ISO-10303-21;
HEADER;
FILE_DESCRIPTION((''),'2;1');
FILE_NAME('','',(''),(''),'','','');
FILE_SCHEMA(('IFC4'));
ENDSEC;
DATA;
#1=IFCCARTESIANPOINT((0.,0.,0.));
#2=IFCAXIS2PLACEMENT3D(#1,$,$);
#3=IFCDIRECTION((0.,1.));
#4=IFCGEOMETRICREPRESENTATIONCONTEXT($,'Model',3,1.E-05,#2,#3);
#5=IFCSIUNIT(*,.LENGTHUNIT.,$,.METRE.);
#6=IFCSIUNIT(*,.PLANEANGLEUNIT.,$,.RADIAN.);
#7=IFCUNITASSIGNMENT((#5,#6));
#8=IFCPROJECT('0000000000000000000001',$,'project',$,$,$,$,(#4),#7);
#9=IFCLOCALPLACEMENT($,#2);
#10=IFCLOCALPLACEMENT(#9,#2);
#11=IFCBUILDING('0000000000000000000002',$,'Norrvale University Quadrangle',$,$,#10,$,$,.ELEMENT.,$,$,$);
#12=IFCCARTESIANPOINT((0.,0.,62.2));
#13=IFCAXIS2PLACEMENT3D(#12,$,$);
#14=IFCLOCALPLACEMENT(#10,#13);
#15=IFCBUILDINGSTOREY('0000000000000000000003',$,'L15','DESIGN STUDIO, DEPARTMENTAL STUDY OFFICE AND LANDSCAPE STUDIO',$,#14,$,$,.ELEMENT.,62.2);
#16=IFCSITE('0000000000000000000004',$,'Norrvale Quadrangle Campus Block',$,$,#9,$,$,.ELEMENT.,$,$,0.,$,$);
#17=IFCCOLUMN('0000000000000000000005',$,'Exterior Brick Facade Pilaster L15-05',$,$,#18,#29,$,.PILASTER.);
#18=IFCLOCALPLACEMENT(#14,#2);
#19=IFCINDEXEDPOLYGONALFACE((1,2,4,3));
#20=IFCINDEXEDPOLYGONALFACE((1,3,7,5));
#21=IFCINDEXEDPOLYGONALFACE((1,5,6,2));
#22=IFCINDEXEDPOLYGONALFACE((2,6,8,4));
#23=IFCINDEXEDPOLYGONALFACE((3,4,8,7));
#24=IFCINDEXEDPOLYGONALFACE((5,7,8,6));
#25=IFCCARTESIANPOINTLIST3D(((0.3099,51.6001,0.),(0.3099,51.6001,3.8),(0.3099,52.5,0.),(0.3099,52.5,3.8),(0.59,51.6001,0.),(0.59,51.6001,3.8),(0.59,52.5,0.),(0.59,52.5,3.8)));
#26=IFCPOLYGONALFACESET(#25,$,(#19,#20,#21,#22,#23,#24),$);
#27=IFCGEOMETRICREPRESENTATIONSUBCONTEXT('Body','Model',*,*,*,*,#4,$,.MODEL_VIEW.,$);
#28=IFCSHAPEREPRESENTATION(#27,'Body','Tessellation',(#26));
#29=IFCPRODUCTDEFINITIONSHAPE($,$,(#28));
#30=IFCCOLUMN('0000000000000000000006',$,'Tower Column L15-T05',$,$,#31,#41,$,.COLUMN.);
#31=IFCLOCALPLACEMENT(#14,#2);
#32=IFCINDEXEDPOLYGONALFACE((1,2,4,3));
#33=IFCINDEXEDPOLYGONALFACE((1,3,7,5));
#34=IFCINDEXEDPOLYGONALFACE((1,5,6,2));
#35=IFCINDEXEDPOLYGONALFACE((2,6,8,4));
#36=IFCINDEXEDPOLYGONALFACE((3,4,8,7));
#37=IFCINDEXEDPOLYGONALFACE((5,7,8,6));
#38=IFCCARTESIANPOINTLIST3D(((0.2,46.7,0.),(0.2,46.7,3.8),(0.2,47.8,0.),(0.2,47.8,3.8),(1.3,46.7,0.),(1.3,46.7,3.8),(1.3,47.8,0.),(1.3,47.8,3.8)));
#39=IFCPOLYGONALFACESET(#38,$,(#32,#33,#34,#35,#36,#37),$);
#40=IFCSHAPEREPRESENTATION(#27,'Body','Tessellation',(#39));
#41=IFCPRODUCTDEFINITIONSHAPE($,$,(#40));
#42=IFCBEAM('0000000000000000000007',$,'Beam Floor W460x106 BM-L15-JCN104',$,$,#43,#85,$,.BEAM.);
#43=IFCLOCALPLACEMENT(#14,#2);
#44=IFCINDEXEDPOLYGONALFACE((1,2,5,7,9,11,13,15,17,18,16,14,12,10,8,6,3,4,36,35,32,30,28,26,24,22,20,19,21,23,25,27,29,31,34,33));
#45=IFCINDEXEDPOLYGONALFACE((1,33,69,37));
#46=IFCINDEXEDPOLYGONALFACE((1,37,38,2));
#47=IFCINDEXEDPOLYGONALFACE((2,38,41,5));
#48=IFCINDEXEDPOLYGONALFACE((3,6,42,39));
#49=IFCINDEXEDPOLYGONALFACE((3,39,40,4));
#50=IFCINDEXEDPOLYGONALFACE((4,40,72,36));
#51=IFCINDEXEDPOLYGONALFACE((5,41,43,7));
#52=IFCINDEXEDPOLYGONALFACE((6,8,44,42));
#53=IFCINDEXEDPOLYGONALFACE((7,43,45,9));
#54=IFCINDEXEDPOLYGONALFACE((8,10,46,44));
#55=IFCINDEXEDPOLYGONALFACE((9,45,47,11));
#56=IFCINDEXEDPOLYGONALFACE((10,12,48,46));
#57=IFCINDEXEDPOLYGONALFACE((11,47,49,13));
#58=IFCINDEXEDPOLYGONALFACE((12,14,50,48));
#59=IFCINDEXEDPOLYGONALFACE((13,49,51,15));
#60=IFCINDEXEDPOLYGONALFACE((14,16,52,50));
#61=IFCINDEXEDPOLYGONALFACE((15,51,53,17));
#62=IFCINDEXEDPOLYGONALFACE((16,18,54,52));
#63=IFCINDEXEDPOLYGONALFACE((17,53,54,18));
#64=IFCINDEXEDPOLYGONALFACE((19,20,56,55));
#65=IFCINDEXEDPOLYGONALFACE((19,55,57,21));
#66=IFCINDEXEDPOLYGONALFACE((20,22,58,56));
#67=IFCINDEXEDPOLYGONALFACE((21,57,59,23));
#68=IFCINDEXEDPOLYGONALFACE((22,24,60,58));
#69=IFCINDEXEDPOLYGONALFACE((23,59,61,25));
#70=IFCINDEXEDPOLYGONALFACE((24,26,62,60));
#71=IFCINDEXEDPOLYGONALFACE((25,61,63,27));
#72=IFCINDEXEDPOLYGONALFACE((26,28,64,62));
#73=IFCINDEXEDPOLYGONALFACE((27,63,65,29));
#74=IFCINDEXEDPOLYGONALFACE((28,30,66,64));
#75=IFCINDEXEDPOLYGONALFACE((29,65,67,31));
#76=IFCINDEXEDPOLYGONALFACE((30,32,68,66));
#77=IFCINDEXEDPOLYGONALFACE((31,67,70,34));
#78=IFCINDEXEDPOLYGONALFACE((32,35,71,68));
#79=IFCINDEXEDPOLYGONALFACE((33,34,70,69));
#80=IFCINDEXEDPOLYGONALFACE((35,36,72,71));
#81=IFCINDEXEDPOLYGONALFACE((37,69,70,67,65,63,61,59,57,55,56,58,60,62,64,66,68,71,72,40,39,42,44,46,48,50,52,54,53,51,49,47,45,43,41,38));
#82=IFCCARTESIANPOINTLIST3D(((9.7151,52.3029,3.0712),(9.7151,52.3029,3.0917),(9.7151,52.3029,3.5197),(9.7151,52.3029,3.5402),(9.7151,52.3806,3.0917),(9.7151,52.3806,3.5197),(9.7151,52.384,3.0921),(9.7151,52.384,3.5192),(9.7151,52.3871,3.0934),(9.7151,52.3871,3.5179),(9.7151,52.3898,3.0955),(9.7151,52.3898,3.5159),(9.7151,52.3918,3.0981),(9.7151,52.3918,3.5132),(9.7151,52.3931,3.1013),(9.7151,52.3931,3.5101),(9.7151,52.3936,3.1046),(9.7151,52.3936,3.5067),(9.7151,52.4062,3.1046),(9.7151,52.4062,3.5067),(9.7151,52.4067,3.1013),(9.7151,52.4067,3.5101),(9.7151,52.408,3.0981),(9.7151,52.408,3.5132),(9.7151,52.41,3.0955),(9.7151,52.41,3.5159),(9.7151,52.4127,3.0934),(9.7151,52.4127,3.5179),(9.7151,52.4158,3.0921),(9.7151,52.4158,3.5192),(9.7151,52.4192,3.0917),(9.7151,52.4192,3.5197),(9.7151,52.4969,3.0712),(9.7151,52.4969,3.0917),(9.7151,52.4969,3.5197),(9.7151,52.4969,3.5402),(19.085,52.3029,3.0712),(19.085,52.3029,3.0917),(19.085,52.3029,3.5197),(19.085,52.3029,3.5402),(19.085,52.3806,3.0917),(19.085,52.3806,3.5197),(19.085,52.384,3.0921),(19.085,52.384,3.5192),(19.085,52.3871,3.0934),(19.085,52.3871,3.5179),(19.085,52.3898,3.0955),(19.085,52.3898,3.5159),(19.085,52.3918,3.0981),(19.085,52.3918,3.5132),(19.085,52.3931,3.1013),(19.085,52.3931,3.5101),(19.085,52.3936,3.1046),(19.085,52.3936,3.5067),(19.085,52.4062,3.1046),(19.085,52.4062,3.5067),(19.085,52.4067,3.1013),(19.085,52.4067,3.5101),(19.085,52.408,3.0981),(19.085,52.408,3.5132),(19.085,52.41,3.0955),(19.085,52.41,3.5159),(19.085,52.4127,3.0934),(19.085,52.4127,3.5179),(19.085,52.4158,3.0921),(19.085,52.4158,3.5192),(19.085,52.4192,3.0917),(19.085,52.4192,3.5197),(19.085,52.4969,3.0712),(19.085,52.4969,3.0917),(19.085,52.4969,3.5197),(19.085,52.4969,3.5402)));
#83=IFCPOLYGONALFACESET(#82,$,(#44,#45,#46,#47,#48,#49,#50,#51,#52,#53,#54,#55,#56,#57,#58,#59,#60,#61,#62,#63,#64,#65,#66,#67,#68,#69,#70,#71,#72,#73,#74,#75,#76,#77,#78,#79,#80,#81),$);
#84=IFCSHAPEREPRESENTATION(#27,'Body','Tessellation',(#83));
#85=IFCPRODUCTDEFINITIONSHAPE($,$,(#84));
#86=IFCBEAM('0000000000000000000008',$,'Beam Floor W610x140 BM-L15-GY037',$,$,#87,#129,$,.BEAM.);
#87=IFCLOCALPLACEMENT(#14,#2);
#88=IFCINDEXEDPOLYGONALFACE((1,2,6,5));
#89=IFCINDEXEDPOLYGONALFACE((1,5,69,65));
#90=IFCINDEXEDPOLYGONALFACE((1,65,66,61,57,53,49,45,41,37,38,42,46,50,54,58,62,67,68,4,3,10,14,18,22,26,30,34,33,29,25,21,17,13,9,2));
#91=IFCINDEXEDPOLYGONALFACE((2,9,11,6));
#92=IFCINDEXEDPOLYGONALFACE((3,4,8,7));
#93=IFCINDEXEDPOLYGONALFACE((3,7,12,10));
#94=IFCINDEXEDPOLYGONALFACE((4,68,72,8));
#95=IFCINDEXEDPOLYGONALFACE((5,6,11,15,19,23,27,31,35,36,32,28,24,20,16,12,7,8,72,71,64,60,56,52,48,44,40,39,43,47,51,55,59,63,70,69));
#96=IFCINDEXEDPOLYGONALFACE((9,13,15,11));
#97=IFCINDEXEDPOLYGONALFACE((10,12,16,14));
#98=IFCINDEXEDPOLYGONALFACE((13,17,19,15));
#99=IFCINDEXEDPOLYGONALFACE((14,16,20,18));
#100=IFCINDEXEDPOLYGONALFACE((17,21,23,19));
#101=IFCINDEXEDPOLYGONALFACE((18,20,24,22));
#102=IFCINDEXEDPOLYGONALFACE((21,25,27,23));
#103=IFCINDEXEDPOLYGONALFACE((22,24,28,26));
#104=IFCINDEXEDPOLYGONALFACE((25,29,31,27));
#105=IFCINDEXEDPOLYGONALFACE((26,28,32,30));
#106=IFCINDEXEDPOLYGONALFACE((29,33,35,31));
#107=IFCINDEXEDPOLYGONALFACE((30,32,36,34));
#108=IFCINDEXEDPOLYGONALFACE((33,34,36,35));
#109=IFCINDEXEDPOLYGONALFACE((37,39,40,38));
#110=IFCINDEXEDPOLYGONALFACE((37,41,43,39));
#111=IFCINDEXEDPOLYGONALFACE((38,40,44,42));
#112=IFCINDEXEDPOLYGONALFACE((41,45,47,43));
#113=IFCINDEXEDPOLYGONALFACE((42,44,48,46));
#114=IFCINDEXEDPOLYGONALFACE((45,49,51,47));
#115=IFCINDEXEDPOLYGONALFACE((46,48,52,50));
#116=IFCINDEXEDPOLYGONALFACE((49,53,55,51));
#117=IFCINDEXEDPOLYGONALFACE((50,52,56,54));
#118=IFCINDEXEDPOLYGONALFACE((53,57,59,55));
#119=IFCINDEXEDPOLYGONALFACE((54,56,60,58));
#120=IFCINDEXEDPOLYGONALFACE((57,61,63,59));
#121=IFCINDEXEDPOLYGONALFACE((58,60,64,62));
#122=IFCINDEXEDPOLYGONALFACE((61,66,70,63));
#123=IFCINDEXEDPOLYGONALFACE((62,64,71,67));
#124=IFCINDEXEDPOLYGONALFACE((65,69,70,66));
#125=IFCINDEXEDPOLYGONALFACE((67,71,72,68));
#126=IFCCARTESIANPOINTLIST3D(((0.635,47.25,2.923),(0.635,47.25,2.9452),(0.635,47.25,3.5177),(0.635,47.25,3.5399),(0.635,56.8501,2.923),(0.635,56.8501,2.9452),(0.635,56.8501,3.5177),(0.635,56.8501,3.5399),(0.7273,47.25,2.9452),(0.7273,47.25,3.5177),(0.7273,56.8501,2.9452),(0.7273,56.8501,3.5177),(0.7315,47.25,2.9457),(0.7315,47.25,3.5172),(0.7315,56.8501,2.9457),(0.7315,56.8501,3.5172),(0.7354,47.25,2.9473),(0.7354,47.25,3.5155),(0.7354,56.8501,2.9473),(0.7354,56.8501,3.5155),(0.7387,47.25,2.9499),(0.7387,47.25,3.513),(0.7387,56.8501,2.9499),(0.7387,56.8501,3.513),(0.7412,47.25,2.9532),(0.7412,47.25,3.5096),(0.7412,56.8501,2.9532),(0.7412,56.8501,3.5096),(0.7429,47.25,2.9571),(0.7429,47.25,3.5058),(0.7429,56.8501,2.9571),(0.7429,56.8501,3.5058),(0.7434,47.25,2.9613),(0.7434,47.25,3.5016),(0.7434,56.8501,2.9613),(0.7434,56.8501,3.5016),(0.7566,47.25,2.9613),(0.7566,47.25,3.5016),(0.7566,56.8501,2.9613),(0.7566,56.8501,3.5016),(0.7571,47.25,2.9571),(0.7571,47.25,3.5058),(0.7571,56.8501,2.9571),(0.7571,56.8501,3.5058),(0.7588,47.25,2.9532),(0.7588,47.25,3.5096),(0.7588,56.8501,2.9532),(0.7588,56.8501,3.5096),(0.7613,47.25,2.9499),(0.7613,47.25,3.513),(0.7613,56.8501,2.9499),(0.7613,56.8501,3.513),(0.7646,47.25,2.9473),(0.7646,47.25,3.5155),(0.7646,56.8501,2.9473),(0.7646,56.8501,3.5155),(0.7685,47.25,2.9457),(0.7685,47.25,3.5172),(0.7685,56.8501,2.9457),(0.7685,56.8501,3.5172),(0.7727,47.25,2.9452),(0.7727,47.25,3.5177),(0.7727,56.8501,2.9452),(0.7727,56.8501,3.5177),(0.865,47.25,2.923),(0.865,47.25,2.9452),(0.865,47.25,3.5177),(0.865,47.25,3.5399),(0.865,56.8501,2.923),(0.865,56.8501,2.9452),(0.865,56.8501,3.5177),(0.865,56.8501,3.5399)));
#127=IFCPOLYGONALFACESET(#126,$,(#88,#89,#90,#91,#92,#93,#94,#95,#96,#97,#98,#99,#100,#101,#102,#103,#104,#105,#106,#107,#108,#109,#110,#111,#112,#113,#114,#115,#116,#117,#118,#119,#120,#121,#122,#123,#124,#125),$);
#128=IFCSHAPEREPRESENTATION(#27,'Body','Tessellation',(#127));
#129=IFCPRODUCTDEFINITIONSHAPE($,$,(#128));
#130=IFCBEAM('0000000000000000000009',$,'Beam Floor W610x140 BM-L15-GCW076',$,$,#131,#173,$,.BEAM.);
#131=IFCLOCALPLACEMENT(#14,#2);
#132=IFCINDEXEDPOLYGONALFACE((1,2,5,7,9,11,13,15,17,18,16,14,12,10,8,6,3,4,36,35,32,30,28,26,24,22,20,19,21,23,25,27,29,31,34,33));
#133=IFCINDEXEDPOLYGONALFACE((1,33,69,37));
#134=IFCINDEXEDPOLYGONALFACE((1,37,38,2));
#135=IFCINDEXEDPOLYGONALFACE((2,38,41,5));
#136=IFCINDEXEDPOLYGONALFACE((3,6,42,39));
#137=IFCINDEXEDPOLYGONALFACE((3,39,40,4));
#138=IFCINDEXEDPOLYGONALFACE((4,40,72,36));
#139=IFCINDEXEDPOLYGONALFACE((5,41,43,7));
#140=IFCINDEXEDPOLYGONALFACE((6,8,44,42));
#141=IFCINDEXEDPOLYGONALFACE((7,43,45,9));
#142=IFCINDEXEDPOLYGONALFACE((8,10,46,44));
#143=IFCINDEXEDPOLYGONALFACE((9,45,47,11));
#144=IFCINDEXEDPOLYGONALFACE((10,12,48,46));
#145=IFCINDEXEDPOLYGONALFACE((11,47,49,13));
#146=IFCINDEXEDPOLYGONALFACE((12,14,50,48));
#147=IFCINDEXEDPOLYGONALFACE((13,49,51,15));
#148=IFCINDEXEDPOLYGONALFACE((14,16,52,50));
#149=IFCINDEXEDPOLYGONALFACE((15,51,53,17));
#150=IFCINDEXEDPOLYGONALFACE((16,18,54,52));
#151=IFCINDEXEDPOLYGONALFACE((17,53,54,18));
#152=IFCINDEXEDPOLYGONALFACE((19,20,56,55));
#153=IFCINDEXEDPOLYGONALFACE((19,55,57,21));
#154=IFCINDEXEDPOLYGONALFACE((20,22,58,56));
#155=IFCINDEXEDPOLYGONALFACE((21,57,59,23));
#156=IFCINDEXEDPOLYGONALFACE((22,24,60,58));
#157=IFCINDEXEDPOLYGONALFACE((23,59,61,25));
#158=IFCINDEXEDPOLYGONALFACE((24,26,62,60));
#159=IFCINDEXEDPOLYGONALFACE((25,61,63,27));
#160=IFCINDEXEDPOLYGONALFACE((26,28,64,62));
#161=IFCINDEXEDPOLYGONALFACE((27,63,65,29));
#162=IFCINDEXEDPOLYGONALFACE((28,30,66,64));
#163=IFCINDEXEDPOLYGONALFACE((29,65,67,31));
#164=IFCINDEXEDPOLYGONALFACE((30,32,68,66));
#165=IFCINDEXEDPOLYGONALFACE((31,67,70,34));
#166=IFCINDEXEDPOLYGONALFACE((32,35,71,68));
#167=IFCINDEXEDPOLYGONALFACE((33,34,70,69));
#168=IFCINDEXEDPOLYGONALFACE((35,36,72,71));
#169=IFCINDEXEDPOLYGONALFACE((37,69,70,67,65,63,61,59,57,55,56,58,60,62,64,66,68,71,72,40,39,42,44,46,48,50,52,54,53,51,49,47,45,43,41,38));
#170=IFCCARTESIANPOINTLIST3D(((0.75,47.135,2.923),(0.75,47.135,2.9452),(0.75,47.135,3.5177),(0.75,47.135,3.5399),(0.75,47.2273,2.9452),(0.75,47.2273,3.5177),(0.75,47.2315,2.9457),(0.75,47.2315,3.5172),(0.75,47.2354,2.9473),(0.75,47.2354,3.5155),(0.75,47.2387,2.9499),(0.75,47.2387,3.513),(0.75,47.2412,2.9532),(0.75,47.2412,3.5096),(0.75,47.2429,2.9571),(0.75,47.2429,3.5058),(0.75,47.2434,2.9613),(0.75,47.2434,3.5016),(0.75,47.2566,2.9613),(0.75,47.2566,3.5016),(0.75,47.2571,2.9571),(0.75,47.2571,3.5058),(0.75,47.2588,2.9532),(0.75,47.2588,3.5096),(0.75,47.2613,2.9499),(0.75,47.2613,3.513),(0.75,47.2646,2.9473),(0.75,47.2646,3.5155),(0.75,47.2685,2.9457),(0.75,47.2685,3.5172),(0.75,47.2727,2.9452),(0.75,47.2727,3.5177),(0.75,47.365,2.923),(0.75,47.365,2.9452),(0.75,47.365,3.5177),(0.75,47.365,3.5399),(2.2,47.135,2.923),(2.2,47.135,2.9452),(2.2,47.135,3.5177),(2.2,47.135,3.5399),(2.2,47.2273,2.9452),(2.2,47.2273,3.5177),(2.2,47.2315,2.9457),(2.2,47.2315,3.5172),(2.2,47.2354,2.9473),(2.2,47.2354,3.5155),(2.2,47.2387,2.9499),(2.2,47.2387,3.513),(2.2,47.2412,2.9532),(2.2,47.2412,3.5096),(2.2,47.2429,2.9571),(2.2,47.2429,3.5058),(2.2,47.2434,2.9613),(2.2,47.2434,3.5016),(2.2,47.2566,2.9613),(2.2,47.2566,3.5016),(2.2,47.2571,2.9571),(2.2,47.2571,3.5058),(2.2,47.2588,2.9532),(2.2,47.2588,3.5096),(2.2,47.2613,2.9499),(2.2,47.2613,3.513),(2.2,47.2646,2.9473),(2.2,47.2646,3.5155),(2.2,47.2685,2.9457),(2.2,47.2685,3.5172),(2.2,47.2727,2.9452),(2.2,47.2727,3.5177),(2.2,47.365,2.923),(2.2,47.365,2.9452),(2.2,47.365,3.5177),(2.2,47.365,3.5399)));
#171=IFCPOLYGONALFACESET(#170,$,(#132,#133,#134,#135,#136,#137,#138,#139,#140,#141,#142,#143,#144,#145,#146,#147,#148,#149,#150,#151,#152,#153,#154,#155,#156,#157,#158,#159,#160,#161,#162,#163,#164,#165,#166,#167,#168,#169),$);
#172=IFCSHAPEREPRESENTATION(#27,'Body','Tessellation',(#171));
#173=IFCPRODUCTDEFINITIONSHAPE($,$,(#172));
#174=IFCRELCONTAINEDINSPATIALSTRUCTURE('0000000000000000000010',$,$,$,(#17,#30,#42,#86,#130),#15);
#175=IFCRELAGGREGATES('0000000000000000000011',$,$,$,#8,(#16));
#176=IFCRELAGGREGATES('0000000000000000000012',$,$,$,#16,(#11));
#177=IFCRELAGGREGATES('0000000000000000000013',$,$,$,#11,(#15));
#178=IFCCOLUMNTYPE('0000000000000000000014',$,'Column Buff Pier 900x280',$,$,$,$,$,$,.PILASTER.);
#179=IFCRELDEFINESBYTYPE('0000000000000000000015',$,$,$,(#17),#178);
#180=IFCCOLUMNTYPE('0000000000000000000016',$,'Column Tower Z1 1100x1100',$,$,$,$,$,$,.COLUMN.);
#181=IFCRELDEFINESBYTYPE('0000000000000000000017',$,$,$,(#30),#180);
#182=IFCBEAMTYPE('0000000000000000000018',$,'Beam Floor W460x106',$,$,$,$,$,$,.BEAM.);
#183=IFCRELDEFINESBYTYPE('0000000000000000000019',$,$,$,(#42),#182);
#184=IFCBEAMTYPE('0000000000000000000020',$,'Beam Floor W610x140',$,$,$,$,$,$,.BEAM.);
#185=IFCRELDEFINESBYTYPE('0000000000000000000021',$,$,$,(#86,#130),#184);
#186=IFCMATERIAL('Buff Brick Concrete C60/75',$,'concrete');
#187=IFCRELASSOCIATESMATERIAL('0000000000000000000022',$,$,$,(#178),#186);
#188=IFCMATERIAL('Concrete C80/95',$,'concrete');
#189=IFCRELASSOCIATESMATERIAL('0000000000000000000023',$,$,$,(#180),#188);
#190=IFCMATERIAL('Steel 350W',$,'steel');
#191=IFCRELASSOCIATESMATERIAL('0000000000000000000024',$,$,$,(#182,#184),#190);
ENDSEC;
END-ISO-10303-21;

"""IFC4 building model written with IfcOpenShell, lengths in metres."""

from ifc_helpers import new_model, si_unit, direction, frame, origin, origin_2d, place, context, subcontext, project, spatial, rectangle, i_section, extrude, material, material_profile, profile_set, type_object, element, save


model = new_model("IFC4")

# Units and contexts
model_context = context("Model", 3, precision=1e-05, world=origin(), true_north=direction((0.0, 1.0)))
body_context = subcontext(model_context, "Body", "Model", "MODEL_VIEW")
ifc_project = project(units=[si_unit("LENGTHUNIT", "METRE"), si_unit("PLANEANGLEUNIT", "RADIAN")], contexts=[model_context])

# Site, building, storey
site_placement = place(None, origin())
site = spatial("IfcSite", under=ifc_project, at=site_placement, Name="Norrvale Quadrangle Campus Block", CompositionType="ELEMENT", RefElevation=0.0)
building_placement = place(site_placement, origin())
building = spatial("IfcBuilding", under=site, at=building_placement, Name="Norrvale University Quadrangle", CompositionType="ELEMENT")
storey_placement = place(building_placement, frame((0.0, 0.0, 62.2)))
storey = spatial("IfcBuildingStorey", under=building, at=storey_placement, Name="L15", Description="DESIGN STUDIO, DEPARTMENTAL STUDY OFFICE AND LANDSCAPE STUDIO", CompositionType="ELEMENT", Elevation=62.2)

# Columns
ifc_material_1 = material(Name="Buff Brick Concrete C60/75", Category="concrete")
ifc_material_profile_1 = material_profile(ifc_material_1, rectangle(XDim=0.8999, YDim=0.28, at=origin_2d()), Name="Buff Brick Concrete C60/75")
ifc_profile_set_1 = profile_set([ifc_material_profile_1], Name="Buff Brick Concrete C60/75")
column_type_1 = type_object("IfcColumnType", Name="Column Buff Pier 900x280", PredefinedType="PILASTER", material=ifc_profile_set_1)
column_1_placement = place(storey_placement, frame((0.45, 52.05, 0.0), z_axis=(0.0, 0.0, 1.0), x_axis=(0.0, 1.0, 0.0)))
element("IfcColumn", 1, at=column_1_placement, inside=storey, type_object=column_type_1, Name="Exterior Brick Facade Pilaster L15-05", PredefinedType="PILASTER", context=body_context, shape_type="SweptSolid", body=[
    extrude(rectangle(XDim=0.8999, YDim=0.28, at=origin_2d()), origin(), (0.0, 0.0, 1.0), 3.8),
])
ifc_material_2 = material(Name="Concrete C80/95", Category="concrete")
ifc_material_profile_2 = material_profile(ifc_material_2, rectangle(XDim=1.1001, YDim=1.1001, at=origin_2d()), Name="Concrete C80/95")
ifc_profile_set_2 = profile_set([ifc_material_profile_2], Name="Concrete C80/95")
column_type_2 = type_object("IfcColumnType", Name="Column Tower Z1 1100x1100", PredefinedType="COLUMN", material=ifc_profile_set_2)
column_2_placement = place(storey_placement, frame((0.75, 47.25, 0.0), z_axis=(0.0, 0.0, 1.0), x_axis=(1.0, 0.0, 0.0)))
element("IfcColumn", 2, at=column_2_placement, inside=storey, type_object=column_type_2, Name="Tower Column L15-T05", PredefinedType="COLUMN", context=body_context, shape_type="SweptSolid", body=[
    extrude(rectangle(XDim=1.1001, YDim=1.1001, at=origin_2d()), origin(), (0.0, 0.0, 1.0), 3.8),
])

# Beams
ifc_material_3 = material(Name="Steel 350W", Category="steel")
ifc_material_profile_3 = material_profile(ifc_material_3, i_section(OverallWidth=0.1941, OverallDepth=0.469, WebThickness=0.0127, FlangeThickness=0.0205, FilletRadius=0.0129, at=origin_2d()), Name="Steel 350W")
ifc_profile_set_3 = profile_set([ifc_material_profile_3], Name="Steel 350W")
beam_type_1 = type_object("IfcBeamType", Name="Beam Floor W460x106", PredefinedType="BEAM", material=ifc_profile_set_3)
beam_1_placement = place(storey_placement, frame((9.7151, 52.3999, 3.3057), z_axis=(1.0, 0.0, 0.0), x_axis=(0.0, 1.0, 0.0)))
element("IfcBeam", 3, at=beam_1_placement, inside=storey, type_object=beam_type_1, Name="Beam Floor W460x106 BM-L15-JCN104", PredefinedType="BEAM", context=body_context, shape_type="SweptSolid", body=[
    extrude(i_section(OverallWidth=0.1941, OverallDepth=0.469, WebThickness=0.0127, FlangeThickness=0.0205, FilletRadius=0.0129, at=origin_2d()), origin(), (0.0, 0.0, 1.0), 9.3699),
])
ifc_material_profile_4 = material_profile(ifc_material_3, i_section(OverallWidth=0.23, OverallDepth=0.6169, WebThickness=0.0132, FlangeThickness=0.0222, FilletRadius=0.0161, at=origin_2d()), Name="Steel 350W")
ifc_profile_set_4 = profile_set([ifc_material_profile_4], Name="Steel 350W")
beam_type_2 = type_object("IfcBeamType", Name="Beam Floor W610x140", PredefinedType="BEAM", material=ifc_profile_set_4)
beam_2_placement = place(storey_placement, frame((0.75, 47.25, 3.2314), z_axis=(0.0, 1.0, 0.0), x_axis=(-1.0, 0.0, 0.0)))
element("IfcBeam", 4, at=beam_2_placement, inside=storey, type_object=beam_type_2, Name="Beam Floor W610x140 BM-L15-GY037", PredefinedType="BEAM", context=body_context, shape_type="SweptSolid", body=[
    extrude(i_section(OverallWidth=0.23, OverallDepth=0.6169, WebThickness=0.0132, FlangeThickness=0.0222, FilletRadius=0.0161, at=origin_2d()), origin(), (0.0, 0.0, 1.0), 9.6001),
])
beam_3_placement = place(storey_placement, frame((0.75, 47.25, 3.2314), z_axis=(1.0, 0.0, 0.0), x_axis=(0.0, 1.0, 0.0)))
element("IfcBeam", 5, at=beam_3_placement, inside=storey, type_object=beam_type_2, Name="Beam Floor W610x140 BM-L15-GCW076", PredefinedType="BEAM", context=body_context, shape_type="SweptSolid", body=[
    extrude(i_section(OverallWidth=0.23, OverallDepth=0.6169, WebThickness=0.0132, FlangeThickness=0.0222, FilletRadius=0.0161, at=origin_2d()), origin(), (0.0, 0.0, 1.0), 1.45),
])

save(model, "model.ifc")
